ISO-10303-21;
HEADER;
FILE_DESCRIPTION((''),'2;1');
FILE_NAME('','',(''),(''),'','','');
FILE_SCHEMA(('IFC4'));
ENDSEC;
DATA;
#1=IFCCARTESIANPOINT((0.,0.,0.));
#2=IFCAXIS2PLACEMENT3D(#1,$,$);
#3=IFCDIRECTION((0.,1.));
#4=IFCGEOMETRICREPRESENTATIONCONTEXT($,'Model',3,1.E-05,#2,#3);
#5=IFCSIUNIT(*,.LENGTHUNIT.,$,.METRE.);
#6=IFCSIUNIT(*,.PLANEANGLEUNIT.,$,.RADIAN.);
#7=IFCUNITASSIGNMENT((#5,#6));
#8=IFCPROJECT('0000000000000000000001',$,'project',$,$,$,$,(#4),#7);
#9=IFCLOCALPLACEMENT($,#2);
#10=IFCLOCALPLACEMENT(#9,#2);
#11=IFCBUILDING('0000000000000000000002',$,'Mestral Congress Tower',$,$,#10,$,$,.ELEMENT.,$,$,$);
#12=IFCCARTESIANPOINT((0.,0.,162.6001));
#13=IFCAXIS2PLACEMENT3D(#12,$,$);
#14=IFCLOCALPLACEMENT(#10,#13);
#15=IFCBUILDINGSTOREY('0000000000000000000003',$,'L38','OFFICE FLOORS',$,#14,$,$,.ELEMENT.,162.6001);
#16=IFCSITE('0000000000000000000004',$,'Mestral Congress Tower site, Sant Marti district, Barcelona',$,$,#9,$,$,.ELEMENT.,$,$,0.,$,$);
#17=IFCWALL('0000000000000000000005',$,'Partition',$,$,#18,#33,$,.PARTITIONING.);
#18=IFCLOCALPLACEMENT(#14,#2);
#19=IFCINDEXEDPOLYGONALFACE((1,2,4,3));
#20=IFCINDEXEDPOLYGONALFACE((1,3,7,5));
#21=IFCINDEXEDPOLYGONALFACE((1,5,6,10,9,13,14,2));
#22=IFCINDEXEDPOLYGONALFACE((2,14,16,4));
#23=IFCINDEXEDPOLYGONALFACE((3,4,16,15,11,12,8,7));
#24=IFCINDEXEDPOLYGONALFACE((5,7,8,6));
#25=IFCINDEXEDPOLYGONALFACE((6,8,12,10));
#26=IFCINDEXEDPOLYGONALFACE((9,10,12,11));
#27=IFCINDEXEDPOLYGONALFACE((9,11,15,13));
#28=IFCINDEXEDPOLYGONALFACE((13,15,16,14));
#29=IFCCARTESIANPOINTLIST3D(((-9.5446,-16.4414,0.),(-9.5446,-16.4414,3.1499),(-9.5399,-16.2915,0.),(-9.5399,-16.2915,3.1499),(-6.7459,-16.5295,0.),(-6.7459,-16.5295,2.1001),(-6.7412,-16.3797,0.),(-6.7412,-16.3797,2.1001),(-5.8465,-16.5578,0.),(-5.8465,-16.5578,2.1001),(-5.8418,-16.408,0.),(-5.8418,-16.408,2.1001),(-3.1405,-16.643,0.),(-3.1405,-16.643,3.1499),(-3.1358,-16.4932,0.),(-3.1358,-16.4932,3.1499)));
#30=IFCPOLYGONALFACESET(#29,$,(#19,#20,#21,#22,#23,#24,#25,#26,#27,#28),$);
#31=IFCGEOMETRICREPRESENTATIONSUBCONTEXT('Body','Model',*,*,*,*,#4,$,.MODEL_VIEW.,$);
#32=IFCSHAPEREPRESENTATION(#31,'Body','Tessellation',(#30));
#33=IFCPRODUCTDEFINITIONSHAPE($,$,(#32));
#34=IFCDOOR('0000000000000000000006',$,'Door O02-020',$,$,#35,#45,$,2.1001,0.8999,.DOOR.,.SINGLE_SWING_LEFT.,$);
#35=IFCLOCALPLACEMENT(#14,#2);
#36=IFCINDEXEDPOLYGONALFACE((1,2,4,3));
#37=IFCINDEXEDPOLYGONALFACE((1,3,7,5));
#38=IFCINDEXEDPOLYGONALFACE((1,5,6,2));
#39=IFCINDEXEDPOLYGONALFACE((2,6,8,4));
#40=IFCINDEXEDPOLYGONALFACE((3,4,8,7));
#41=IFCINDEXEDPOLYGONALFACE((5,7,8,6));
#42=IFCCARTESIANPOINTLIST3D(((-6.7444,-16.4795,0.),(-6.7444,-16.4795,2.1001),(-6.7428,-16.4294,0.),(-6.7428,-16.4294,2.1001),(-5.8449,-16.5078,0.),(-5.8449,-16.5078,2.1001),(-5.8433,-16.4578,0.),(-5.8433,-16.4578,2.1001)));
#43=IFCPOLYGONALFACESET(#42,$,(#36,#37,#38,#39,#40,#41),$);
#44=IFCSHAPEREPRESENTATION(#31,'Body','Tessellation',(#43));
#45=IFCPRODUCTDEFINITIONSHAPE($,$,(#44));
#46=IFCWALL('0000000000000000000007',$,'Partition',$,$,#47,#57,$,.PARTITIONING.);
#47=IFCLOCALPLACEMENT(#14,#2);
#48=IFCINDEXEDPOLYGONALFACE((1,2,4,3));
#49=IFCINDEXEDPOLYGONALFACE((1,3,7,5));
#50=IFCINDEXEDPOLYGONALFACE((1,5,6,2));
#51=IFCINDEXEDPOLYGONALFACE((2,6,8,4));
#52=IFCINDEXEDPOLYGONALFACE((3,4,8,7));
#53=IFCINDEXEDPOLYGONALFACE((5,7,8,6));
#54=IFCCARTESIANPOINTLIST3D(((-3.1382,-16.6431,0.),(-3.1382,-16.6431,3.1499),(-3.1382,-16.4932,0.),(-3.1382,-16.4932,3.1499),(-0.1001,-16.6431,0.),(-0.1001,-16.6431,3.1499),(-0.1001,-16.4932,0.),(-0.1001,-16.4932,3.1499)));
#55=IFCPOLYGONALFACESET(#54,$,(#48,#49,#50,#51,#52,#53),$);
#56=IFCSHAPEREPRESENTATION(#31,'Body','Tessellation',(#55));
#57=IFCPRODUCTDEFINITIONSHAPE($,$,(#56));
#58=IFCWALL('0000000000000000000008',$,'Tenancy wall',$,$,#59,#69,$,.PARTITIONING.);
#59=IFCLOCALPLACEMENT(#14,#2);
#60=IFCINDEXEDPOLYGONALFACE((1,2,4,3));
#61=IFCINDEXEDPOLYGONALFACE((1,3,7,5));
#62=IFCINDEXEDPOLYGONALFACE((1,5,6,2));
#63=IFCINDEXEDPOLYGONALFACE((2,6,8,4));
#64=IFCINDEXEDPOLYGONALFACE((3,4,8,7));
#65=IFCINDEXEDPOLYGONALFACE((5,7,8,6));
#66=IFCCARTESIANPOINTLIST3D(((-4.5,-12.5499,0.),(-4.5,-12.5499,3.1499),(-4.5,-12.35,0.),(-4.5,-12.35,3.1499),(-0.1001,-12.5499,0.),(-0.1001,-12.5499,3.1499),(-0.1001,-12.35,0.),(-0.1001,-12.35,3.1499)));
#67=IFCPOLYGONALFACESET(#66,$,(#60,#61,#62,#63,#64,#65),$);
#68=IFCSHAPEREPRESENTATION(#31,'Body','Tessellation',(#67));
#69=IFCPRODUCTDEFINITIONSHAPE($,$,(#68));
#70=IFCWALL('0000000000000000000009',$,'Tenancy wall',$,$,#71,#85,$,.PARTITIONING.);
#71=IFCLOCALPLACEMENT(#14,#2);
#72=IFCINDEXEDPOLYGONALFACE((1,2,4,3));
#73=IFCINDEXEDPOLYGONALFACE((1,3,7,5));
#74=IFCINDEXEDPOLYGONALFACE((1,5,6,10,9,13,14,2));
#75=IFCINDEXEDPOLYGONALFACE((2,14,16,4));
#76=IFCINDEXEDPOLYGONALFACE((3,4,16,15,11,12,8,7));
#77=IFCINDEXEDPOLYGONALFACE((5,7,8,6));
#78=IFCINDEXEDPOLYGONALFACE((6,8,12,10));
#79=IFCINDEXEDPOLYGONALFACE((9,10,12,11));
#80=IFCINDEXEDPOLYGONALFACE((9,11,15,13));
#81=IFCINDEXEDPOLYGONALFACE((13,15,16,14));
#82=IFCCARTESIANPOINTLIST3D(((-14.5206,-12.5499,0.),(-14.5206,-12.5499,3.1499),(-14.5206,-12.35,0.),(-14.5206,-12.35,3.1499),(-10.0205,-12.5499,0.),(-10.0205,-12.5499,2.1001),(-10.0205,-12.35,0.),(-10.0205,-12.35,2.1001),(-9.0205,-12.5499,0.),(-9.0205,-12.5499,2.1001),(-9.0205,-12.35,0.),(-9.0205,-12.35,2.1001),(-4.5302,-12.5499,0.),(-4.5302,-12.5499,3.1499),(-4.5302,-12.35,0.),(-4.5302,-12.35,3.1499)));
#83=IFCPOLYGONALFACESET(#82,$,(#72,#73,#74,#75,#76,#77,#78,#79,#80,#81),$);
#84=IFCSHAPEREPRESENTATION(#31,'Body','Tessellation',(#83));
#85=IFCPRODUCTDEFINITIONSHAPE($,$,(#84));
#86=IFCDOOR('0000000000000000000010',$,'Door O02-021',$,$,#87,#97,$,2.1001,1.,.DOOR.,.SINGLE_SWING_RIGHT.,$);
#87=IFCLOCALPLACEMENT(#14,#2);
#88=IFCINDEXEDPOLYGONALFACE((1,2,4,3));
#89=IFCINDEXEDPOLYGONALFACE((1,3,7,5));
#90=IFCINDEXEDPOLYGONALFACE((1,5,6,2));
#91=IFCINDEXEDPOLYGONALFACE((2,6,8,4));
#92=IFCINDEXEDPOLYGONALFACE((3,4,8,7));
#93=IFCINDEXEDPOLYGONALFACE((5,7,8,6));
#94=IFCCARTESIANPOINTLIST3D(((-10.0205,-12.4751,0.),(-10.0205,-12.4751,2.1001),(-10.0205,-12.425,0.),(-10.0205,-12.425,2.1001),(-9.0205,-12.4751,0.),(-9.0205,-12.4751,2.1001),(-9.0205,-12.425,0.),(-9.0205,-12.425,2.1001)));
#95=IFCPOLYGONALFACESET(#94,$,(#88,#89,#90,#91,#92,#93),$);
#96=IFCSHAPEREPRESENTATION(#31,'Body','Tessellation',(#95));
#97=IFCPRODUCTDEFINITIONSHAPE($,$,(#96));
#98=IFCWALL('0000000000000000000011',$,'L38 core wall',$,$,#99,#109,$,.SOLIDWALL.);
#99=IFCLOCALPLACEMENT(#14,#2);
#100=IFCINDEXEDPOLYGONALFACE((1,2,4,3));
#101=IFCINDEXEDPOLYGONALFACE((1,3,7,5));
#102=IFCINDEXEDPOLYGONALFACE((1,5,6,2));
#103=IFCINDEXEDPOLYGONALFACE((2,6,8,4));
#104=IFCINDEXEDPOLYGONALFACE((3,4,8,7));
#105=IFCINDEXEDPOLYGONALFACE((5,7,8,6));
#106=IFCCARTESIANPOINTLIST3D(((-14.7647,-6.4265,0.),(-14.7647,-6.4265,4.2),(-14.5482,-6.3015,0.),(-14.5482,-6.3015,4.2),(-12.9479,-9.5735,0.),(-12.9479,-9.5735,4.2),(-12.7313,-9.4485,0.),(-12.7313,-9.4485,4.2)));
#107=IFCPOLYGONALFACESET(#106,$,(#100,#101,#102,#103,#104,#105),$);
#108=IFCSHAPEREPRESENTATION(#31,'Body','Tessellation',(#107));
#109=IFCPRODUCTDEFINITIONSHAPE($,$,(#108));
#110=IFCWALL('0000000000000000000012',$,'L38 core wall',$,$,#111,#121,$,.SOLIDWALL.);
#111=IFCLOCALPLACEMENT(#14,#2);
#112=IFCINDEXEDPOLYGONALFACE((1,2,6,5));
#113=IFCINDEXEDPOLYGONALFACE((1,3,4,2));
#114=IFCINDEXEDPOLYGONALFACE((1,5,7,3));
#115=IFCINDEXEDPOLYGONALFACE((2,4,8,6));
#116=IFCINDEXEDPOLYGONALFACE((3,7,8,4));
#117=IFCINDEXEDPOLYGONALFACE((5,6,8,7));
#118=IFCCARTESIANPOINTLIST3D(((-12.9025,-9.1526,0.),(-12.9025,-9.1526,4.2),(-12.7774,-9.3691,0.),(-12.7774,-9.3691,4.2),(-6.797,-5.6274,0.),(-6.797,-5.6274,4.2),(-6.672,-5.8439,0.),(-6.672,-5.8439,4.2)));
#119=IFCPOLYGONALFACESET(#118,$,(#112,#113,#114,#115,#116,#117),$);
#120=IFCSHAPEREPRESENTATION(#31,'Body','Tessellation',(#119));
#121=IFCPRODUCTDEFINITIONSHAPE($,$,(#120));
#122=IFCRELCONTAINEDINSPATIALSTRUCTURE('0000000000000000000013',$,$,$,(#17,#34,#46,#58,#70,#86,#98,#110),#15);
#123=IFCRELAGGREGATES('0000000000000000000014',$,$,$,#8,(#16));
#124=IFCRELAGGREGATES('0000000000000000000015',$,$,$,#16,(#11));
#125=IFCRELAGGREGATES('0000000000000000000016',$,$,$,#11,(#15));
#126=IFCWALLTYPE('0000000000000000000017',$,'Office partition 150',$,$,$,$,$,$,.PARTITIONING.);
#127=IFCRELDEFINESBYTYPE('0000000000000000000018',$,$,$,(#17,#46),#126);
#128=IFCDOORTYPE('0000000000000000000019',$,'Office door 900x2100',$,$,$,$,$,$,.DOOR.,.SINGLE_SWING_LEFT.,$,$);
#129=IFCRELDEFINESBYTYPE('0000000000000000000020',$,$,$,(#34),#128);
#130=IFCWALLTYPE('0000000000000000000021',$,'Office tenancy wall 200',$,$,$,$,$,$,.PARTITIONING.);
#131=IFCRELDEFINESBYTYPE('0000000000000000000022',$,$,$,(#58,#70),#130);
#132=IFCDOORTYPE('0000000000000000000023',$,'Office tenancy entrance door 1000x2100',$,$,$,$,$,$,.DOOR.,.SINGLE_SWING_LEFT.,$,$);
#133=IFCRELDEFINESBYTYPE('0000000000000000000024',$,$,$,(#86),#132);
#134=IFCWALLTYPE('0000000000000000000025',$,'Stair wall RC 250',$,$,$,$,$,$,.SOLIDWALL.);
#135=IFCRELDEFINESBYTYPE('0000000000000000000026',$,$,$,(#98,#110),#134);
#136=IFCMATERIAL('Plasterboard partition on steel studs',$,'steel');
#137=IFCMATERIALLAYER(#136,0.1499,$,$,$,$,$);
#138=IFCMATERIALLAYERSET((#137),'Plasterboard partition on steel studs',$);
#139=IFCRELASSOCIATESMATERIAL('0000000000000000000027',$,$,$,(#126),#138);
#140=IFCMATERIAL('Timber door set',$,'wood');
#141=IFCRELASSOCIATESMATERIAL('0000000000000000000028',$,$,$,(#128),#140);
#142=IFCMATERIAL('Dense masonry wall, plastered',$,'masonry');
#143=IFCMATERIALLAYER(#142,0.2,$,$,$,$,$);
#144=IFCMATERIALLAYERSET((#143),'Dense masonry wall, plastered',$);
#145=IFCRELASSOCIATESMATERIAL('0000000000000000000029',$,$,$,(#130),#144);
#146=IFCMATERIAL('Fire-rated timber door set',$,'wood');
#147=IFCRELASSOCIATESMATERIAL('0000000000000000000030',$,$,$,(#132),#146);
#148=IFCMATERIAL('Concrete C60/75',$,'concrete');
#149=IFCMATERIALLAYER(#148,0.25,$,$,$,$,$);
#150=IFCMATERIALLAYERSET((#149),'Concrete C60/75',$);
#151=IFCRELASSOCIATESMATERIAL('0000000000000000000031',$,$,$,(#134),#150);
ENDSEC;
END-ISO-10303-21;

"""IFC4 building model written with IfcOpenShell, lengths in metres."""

from ifc_helpers import new_model, si_unit, direction, frame, frame_2d, origin, place, context, subcontext, project, spatial, rectangle, extrude, material, layer, layer_set, type_object, element, fill, save


model = new_model("IFC4")

# Units and contexts
model_context = context("Model", 3, precision=1e-05, world=origin(), true_north=direction((0.0, 1.0)))
body_context = subcontext(model_context, "Body", "Model", "MODEL_VIEW")
ifc_project = project(units=[si_unit("LENGTHUNIT", "METRE"), si_unit("PLANEANGLEUNIT", "RADIAN")], contexts=[model_context])

# Site, building, storey
site_placement = place(None, origin())
site = spatial("IfcSite", under=ifc_project, at=site_placement, Name="Mestral Congress Tower site, Sant Marti district, Barcelona", CompositionType="ELEMENT", RefElevation=0.0)
building_placement = place(site_placement, origin())
building = spatial("IfcBuilding", under=site, at=building_placement, Name="Mestral Congress Tower", CompositionType="ELEMENT")
storey_placement = place(building_placement, frame((0.0, 0.0, 162.6001)))
storey = spatial("IfcBuildingStorey", under=building, at=storey_placement, Name="L38", Description="OFFICE FLOORS", CompositionType="ELEMENT", Elevation=162.6001)

# Shared definitions
ifc_material_1 = material(Name="Concrete C60/75", Category="concrete")

# Shared definitions
ifc_material_2 = material(Name="Plasterboard partition on steel studs", Category="steel")
ifc_layer_1 = layer(ifc_material_2, 0.1499)
ifc_layer_set_1 = layer_set([ifc_layer_1], Name="Plasterboard partition on steel studs")
wall_type_1 = type_object("IfcWallType", Name="Office partition 150", PredefinedType="PARTITIONING", material=ifc_layer_set_1)

# Wall, opening, door
ifc_material_3 = material(Name="Timber door set", Category="wood")
door_type_1 = type_object("IfcDoorType", Name="Office door 900x2100", OperationType="SINGLE_SWING_LEFT", PredefinedType="DOOR", material=ifc_material_3)
wall_1_placement = place(storey_placement, frame((-3.1382, -16.5681, 0.0), z_axis=(0.0, 0.0, 1.0), x_axis=(-0.999505, 0.031474, 0.0)))
wall_1 = element("IfcWall", 1, at=wall_1_placement, inside=storey, type_object=wall_type_1, Name="Partition", PredefinedType="PARTITIONING", context=body_context, shape_type="SweptSolid", body=[
    extrude(rectangle(XDim=6.4072, YDim=0.1499, at=frame_2d((3.2036, 0.0))), origin(), (0.0, 0.0, 1.0), 3.1499),
])
opening_1_placement = place(wall_1_placement, frame((2.7073, 0.0, 0.0)))
opening_1 = element("IfcOpeningElement", 2, at=opening_1_placement, cuts=wall_1, PredefinedType="OPENING", context=body_context, shape_type="SweptSolid", body=[
    extrude(rectangle(XDim=0.8999, YDim=2.1001, at=frame_2d((0.45, 1.05))), frame((0.0, 0.085, 0.0), z_axis=(0.0, -1.0, 0.0), x_axis=(1.0, 0.0, 0.0)), (0.0, 0.0, 1.0), 0.1699),
])
door_1_placement = place(opening_1_placement, origin())
door_1 = element("IfcDoor", 3, at=door_1_placement, inside=storey, type_object=door_type_1, Name="Door O02-020", OperationType="SINGLE_SWING_LEFT", OverallHeight=2.1001, OverallWidth=0.8999, PredefinedType="DOOR", context=body_context, shape_type="SweptSolid", body=[
    extrude(rectangle(XDim=0.8999, YDim=2.1001, at=frame_2d((0.45, 1.05))), frame((0.0, 0.0249, 0.0), z_axis=(0.0, -1.0, 0.0), x_axis=(1.0, 0.0, 0.0)), (0.0, 0.0, 1.0), 0.05),
])
fill(opening_1, door_1)

# Walls
wall_2_placement = place(storey_placement, frame((-3.1382, -16.5681, 0.0), z_axis=(0.0, 0.0, 1.0), x_axis=(1.0, 0.0, 0.0)))
element("IfcWall", 4, at=wall_2_placement, inside=storey, type_object=wall_type_1, Name="Partition", PredefinedType="PARTITIONING", context=body_context, shape_type="SweptSolid", body=[
    extrude(rectangle(XDim=3.0381, YDim=0.1499, at=frame_2d((1.519, 0.0))), origin(), (0.0, 0.0, 1.0), 3.1499),
])
ifc_material_4 = material(Name="Dense masonry wall, plastered", Category="masonry")
ifc_layer_2 = layer(ifc_material_4, 0.2)
ifc_layer_set_2 = layer_set([ifc_layer_2], Name="Dense masonry wall, plastered")
wall_type_2 = type_object("IfcWallType", Name="Office tenancy wall 200", PredefinedType="PARTITIONING", material=ifc_layer_set_2)
wall_3_placement = place(storey_placement, frame((-4.5, -12.45, 0.0), z_axis=(0.0, 0.0, 1.0), x_axis=(1.0, 0.0, 0.0)))
element("IfcWall", 5, at=wall_3_placement, inside=storey, type_object=wall_type_2, Name="Tenancy wall", PredefinedType="PARTITIONING", context=body_context, shape_type="SweptSolid", body=[
    extrude(rectangle(XDim=4.3999, YDim=0.2, at=frame_2d((2.2, 0.0))), origin(), (0.0, 0.0, 1.0), 3.1499),
])

# Wall, opening, door
wall_4_placement = place(storey_placement, frame((-14.5205, -12.45, 0.0), z_axis=(0.0, 0.0, 1.0), x_axis=(1.0, 0.0, 0.0)))
wall_4 = element("IfcWall", 6, at=wall_4_placement, inside=storey, type_object=wall_type_2, Name="Tenancy wall", PredefinedType="PARTITIONING", context=body_context, shape_type="SweptSolid", body=[
    extrude(rectangle(XDim=9.9905, YDim=0.2, at=frame_2d((4.9951, 0.0))), origin(), (0.0, 0.0, 1.0), 3.1499),
])
opening_2_placement = place(wall_4_placement, frame((4.5, 0.0, 0.0)))
opening_2 = element("IfcOpeningElement", 7, at=opening_2_placement, cuts=wall_4, PredefinedType="OPENING", context=body_context, shape_type="SweptSolid", body=[
    extrude(rectangle(XDim=1.0, YDim=2.1001, at=frame_2d((0.5, 1.05))), frame((0.0, 0.1099, 0.0), z_axis=(0.0, -1.0, 0.0), x_axis=(1.0, 0.0, 0.0)), (0.0, 0.0, 1.0), 0.22),
])
ifc_material_5 = material(Name="Fire-rated timber door set", Category="wood")
door_type_2 = type_object("IfcDoorType", Name="Office tenancy entrance door 1000x2100", OperationType="SINGLE_SWING_LEFT", PredefinedType="DOOR", material=ifc_material_5)
door_2_placement = place(opening_2_placement, origin())
door_2 = element("IfcDoor", 8, at=door_2_placement, inside=storey, type_object=door_type_2, Name="Door O02-021", OperationType="SINGLE_SWING_RIGHT", OverallHeight=2.1001, OverallWidth=1.0, PredefinedType="DOOR", context=body_context, shape_type="SweptSolid", body=[
    extrude(rectangle(XDim=1.0, YDim=2.1001, at=frame_2d((0.5, 1.05))), frame((0.0, 0.0249, 0.0), z_axis=(0.0, -1.0, 0.0), x_axis=(1.0, 0.0, 0.0)), (0.0, 0.0, 1.0), 0.05),
])
fill(opening_2, door_2)

# Walls
ifc_layer_3 = layer(ifc_material_1, 0.25)
ifc_layer_set_3 = layer_set([ifc_layer_3], Name="Concrete C60/75")
wall_type_3 = type_object("IfcWallType", Name="Stair wall RC 250", PredefinedType="SOLIDWALL", material=ifc_layer_set_3)
wall_5_placement = place(storey_placement, frame((-12.8396, -9.511, 0.0), z_axis=(0.0, 0.0, 1.0), x_axis=(-0.499998, 0.866027, 0.0)))
element("IfcWall", 9, at=wall_5_placement, inside=storey, type_object=wall_type_3, Name="L38 core wall", PredefinedType="SOLIDWALL", context=body_context, shape_type="SweptSolid", body=[
    extrude(rectangle(XDim=3.6338, YDim=0.25, at=frame_2d((1.8169, 0.0))), origin(), (0.0, 0.0, 1.0), 4.2),
])
wall_6_placement = place(storey_placement, frame((-12.8398, -9.2607, 0.0), z_axis=(0.0, 0.0, 1.0), x_axis=(0.866016, 0.500016, 0.0)))
element("IfcWall", 10, at=wall_6_placement, inside=storey, type_object=wall_type_3, Name="L38 core wall", PredefinedType="SOLIDWALL", context=body_context, shape_type="SweptSolid", body=[
    extrude(rectangle(XDim=7.05, YDim=0.25, at=frame_2d((3.5249, 0.0))), origin(), (0.0, 0.0, 1.0), 4.2),
])

save(model, "model.ifc")
